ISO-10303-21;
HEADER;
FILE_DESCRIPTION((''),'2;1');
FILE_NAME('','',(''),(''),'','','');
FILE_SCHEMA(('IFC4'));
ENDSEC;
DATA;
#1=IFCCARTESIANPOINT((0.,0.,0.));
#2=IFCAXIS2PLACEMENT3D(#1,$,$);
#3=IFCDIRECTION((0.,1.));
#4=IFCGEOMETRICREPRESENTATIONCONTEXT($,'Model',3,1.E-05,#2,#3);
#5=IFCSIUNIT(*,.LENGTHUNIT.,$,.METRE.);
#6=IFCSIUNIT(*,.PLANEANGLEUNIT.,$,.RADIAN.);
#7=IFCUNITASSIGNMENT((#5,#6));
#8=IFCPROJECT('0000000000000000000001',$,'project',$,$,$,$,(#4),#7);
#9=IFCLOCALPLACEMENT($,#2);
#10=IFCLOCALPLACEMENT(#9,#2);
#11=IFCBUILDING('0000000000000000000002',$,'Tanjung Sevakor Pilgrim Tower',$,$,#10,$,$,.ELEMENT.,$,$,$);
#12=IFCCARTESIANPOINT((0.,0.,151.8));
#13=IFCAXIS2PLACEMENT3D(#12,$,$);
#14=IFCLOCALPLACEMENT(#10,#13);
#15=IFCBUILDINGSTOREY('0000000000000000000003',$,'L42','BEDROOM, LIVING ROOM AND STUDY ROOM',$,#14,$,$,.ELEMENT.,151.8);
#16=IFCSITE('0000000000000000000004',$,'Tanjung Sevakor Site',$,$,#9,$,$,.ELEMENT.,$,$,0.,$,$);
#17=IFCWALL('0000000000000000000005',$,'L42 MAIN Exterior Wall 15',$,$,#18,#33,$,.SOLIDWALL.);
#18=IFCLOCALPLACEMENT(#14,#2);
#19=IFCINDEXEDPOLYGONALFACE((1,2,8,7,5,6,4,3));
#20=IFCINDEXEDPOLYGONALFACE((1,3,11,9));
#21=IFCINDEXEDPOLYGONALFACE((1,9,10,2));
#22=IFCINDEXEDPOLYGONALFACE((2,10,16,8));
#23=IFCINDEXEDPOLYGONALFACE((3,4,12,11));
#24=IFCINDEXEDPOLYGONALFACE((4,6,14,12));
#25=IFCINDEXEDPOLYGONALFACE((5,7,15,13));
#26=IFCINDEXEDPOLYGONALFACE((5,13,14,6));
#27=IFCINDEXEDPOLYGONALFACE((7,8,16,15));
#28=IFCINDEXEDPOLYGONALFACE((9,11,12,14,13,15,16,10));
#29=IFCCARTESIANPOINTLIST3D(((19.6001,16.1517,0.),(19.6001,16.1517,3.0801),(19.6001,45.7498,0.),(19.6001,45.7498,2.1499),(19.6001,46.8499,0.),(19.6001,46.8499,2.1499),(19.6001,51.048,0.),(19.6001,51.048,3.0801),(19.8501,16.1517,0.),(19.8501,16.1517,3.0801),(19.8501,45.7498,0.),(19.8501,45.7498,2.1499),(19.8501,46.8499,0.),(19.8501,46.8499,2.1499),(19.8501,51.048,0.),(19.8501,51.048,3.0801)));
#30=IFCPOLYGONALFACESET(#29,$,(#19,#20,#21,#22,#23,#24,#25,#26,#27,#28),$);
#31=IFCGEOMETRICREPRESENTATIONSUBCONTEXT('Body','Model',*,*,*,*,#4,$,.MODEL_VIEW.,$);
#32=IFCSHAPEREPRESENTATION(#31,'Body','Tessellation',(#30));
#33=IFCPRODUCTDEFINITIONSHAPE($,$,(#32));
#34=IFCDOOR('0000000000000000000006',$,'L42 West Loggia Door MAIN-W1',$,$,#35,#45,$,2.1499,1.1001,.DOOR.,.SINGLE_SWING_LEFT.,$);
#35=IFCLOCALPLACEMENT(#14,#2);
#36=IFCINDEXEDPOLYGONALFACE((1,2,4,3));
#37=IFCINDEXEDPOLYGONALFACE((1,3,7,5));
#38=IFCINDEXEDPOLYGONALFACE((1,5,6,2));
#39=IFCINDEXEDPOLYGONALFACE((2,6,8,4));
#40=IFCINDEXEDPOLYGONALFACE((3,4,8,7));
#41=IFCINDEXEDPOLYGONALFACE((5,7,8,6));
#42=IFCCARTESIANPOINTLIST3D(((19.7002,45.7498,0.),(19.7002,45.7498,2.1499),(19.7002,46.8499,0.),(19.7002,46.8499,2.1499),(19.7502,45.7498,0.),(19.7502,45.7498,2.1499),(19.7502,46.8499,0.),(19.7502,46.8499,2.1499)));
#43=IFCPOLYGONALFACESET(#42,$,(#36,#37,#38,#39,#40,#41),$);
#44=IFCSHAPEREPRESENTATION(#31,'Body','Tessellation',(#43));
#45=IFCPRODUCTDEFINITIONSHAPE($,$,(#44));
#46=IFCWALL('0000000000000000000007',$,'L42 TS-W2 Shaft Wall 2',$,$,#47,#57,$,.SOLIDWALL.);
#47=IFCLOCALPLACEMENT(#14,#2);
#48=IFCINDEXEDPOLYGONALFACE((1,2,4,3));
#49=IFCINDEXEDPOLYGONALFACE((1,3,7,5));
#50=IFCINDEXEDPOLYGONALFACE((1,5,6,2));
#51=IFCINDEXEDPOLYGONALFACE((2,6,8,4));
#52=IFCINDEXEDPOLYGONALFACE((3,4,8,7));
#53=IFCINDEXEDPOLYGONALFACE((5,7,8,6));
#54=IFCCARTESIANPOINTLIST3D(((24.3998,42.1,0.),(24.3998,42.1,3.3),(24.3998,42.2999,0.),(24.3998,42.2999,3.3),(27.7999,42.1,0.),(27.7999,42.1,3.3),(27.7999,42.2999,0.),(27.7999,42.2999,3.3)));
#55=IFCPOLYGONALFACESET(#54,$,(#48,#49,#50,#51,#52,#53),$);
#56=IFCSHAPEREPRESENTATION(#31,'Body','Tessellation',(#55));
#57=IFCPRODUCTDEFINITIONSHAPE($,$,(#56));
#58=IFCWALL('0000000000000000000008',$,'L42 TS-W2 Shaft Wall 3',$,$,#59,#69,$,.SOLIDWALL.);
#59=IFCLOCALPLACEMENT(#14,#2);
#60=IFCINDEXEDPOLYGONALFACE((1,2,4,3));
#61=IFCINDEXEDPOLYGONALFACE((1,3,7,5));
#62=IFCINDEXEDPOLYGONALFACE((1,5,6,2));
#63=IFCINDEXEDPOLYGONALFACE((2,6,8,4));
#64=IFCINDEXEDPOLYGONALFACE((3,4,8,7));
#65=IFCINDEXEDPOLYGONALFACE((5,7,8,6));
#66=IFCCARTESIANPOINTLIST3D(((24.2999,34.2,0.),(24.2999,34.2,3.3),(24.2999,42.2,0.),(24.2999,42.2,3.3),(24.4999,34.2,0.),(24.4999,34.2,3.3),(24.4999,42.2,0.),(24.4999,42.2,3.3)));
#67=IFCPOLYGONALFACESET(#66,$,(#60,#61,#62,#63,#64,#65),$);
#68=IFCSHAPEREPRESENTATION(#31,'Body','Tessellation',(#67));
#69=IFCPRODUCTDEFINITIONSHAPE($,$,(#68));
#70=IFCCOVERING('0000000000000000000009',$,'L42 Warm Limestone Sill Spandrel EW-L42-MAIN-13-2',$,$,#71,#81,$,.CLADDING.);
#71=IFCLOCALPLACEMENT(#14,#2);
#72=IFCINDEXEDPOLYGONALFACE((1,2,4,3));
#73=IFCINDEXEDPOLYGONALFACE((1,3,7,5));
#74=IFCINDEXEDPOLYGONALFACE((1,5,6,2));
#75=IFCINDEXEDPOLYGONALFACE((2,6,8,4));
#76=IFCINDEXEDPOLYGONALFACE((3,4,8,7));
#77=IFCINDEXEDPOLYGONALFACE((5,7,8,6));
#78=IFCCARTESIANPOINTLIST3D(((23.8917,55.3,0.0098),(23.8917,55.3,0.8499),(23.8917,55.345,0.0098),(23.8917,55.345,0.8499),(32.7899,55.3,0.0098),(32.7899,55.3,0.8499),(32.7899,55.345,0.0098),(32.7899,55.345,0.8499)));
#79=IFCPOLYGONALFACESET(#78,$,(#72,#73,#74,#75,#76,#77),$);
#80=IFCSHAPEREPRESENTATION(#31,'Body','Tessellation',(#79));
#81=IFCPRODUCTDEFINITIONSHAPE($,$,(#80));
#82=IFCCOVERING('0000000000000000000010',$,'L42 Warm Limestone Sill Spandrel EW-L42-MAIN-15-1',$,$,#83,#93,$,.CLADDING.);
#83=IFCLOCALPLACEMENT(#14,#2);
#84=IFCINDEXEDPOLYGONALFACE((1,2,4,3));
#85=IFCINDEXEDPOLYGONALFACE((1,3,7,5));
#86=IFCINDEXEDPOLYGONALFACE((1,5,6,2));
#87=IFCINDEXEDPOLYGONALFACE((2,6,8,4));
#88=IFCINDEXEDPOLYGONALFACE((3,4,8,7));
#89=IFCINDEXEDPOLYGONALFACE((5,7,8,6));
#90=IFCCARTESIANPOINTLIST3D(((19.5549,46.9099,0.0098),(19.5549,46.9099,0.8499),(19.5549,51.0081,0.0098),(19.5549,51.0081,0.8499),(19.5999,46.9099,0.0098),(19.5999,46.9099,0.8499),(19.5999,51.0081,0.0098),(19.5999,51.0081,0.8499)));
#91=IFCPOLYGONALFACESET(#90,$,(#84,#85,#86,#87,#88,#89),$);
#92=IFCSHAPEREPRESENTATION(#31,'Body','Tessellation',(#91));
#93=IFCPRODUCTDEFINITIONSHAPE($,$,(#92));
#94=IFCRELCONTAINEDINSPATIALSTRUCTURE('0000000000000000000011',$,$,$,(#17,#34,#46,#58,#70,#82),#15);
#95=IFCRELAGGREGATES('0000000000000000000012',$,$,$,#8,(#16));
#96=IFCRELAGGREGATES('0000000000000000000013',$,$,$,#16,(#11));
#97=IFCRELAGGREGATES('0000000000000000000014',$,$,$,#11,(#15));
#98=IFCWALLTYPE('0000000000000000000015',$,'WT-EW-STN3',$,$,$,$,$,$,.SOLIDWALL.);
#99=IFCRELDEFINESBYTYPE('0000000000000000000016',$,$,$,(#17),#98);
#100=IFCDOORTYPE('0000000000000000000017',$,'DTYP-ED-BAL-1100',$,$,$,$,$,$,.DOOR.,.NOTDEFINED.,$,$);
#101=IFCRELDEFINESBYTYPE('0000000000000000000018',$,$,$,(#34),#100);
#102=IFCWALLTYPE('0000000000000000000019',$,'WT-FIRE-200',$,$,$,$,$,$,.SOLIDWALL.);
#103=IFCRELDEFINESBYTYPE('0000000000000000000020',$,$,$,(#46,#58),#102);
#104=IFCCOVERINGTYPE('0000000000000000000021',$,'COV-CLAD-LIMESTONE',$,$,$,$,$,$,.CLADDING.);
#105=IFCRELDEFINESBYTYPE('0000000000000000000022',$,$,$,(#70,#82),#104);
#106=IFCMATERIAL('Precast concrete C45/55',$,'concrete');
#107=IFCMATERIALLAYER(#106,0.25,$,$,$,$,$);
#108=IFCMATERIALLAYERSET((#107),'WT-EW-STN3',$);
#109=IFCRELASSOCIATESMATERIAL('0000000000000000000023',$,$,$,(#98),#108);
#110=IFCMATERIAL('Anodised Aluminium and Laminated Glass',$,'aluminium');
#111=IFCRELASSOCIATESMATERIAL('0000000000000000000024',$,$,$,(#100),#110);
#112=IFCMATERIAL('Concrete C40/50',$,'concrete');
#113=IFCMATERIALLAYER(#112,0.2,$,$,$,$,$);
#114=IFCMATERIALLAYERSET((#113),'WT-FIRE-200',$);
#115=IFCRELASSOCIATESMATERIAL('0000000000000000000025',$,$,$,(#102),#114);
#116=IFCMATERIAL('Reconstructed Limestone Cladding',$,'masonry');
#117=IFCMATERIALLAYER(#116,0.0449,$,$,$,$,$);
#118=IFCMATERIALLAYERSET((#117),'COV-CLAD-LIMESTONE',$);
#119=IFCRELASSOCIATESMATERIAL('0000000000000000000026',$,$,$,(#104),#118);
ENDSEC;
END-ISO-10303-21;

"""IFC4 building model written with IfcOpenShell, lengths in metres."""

from ifc_helpers import new_model, si_unit, direction, frame, frame_2d, origin, origin_2d, place, context, subcontext, project, spatial, rectangle, extrude, material, layer, layer_set, type_object, element, fill, save


model = new_model("IFC4")

# Units and contexts
model_context = context("Model", 3, precision=1e-05, world=origin(), true_north=direction((0.0, 1.0)))
body_context = subcontext(model_context, "Body", "Model", "MODEL_VIEW")
ifc_project = project(units=[si_unit("LENGTHUNIT", "METRE"), si_unit("PLANEANGLEUNIT", "RADIAN")], contexts=[model_context])

# Site, building, storey
site_placement = place(None, origin())
site = spatial("IfcSite", under=ifc_project, at=site_placement, Name="Tanjung Sevakor Site", CompositionType="ELEMENT", RefElevation=0.0)
building_placement = place(site_placement, origin())
building = spatial("IfcBuilding", under=site, at=building_placement, Name="Tanjung Sevakor Pilgrim Tower", CompositionType="ELEMENT")
storey_placement = place(building_placement, frame((0.0, 0.0, 151.8)))
storey = spatial("IfcBuildingStorey", under=building, at=storey_placement, Name="L42", Description="BEDROOM, LIVING ROOM AND STUDY ROOM", CompositionType="ELEMENT", Elevation=151.8)

# Wall, opening, door
ifc_material_1 = material(Name="Precast concrete C45/55", Category="concrete")
ifc_layer_1 = layer(ifc_material_1, 0.25)
ifc_layer_set_1 = layer_set([ifc_layer_1], Name="WT-EW-STN3")
wall_type_1 = type_object("IfcWallType", Name="WT-EW-STN3", PredefinedType="SOLIDWALL", material=ifc_layer_set_1)
wall_1_placement = place(storey_placement, frame((19.7251, 51.0481, 0.0), z_axis=(0.0, 0.0, 1.0), x_axis=(0.0, -1.0, 0.0)))
wall_1 = element("IfcWall", 1, at=wall_1_placement, inside=storey, type_object=wall_type_1, Name="L42 MAIN Exterior Wall 15", PredefinedType="SOLIDWALL", context=body_context, shape_type="SweptSolid", body=[
    extrude(rectangle(XDim=34.8962, YDim=0.25, at=frame_2d((17.4482, 0.0))), origin(), (0.0, 0.0, 1.0), 3.0801),
])
opening_1_placement = place(wall_1_placement, frame((4.1982, 0.0, 0.0)))
opening_1 = element("IfcOpeningElement", 2, at=opening_1_placement, cuts=wall_1, PredefinedType="OPENING", context=body_context, shape_type="SweptSolid", body=[
    extrude(rectangle(XDim=1.1001, YDim=2.1499, at=frame_2d((0.55, 1.075))), frame((0.0, 0.135, 0.0), z_axis=(0.0, -1.0, 0.0), x_axis=(1.0, 0.0, 0.0)), (0.0, 0.0, 1.0), 0.27),
])
ifc_material_2 = material(Name="Anodised Aluminium and Laminated Glass", Category="aluminium")
door_type_1 = type_object("IfcDoorType", Name="DTYP-ED-BAL-1100", OperationType="NOTDEFINED", PredefinedType="DOOR", material=ifc_material_2)
door_1_placement = place(opening_1_placement, frame((1.1001, 0.0, 0.0), z_axis=(0.0, 0.0, 1.0), x_axis=(-1.0, 0.0, 0.0)))
door_1 = element("IfcDoor", 3, at=door_1_placement, inside=storey, type_object=door_type_1, Name="L42 West Loggia Door MAIN-W1", OperationType="SINGLE_SWING_LEFT", OverallHeight=2.1499, OverallWidth=1.1001, PredefinedType="DOOR", context=body_context, shape_type="SweptSolid", body=[
    extrude(rectangle(XDim=1.1001, YDim=2.1499, at=frame_2d((0.55, 1.075))), frame((0.0, 0.0249, 0.0), z_axis=(0.0, -1.0, 0.0), x_axis=(1.0, 0.0, 0.0)), (0.0, 0.0, 1.0), 0.05),
])
fill(opening_1, door_1)

# Walls
ifc_material_3 = material(Name="Concrete C40/50", Category="concrete")
ifc_layer_2 = layer(ifc_material_3, 0.2)
ifc_layer_set_2 = layer_set([ifc_layer_2], Name="WT-FIRE-200")
wall_type_2 = type_object("IfcWallType", Name="WT-FIRE-200", PredefinedType="SOLIDWALL", material=ifc_layer_set_2)
wall_2_placement = place(storey_placement, frame((27.8, 42.2, 0.0), z_axis=(0.0, 0.0, 1.0), x_axis=(-1.0, 0.0, 0.0)))
element("IfcWall", 4, at=wall_2_placement, inside=storey, type_object=wall_type_2, Name="L42 TS-W2 Shaft Wall 2", PredefinedType="SOLIDWALL", context=body_context, shape_type="SweptSolid", body=[
    extrude(rectangle(XDim=3.4001, YDim=0.2, at=frame_2d((1.7002, 0.0))), origin(), (0.0, 0.0, 1.0), 3.3),
])
wall_3_placement = place(storey_placement, frame((24.3999, 42.2, 0.0), z_axis=(0.0, 0.0, 1.0), x_axis=(0.0, -1.0, 0.0)))
element("IfcWall", 5, at=wall_3_placement, inside=storey, type_object=wall_type_2, Name="L42 TS-W2 Shaft Wall 3", PredefinedType="SOLIDWALL", context=body_context, shape_type="SweptSolid", body=[
    extrude(rectangle(XDim=8.0, YDim=0.2, at=frame_2d((4.0, 0.0))), origin(), (0.0, 0.0, 1.0), 3.3),
])

# Coverings
ifc_material_4 = material(Name="Reconstructed Limestone Cladding", Category="masonry")
ifc_layer_3 = layer(ifc_material_4, 0.0449)
ifc_layer_set_3 = layer_set([ifc_layer_3], Name="COV-CLAD-LIMESTONE")
covering_type = type_object("IfcCoveringType", Name="COV-CLAD-LIMESTONE", PredefinedType="CLADDING", material=ifc_layer_set_3)
covering_1_placement = place(storey_placement, frame((28.3408, 55.3225, 0.0098), z_axis=(0.0, 0.0, 1.0), x_axis=(-1.0, 0.0, 0.0)))
element("IfcCovering", 6, at=covering_1_placement, inside=storey, type_object=covering_type, Name="L42 Warm Limestone Sill Spandrel EW-L42-MAIN-13-2", PredefinedType="CLADDING", context=body_context, shape_type="SweptSolid", body=[
    extrude(rectangle(XDim=8.8982, YDim=0.0449, at=origin_2d()), origin(), (0.0, 0.0, 1.0), 0.8401),
])
covering_2_placement = place(storey_placement, frame((19.5774, 48.959, 0.0098), z_axis=(0.0, 0.0, 1.0), x_axis=(0.0, -1.0, 0.0)))
element("IfcCovering", 7, at=covering_2_placement, inside=storey, type_object=covering_type, Name="L42 Warm Limestone Sill Spandrel EW-L42-MAIN-15-1", PredefinedType="CLADDING", context=body_context, shape_type="SweptSolid", body=[
    extrude(rectangle(XDim=4.0981, YDim=0.0449, at=origin_2d()), origin(), (0.0, 0.0, 1.0), 0.8401),
])

save(model, "model.ifc")
